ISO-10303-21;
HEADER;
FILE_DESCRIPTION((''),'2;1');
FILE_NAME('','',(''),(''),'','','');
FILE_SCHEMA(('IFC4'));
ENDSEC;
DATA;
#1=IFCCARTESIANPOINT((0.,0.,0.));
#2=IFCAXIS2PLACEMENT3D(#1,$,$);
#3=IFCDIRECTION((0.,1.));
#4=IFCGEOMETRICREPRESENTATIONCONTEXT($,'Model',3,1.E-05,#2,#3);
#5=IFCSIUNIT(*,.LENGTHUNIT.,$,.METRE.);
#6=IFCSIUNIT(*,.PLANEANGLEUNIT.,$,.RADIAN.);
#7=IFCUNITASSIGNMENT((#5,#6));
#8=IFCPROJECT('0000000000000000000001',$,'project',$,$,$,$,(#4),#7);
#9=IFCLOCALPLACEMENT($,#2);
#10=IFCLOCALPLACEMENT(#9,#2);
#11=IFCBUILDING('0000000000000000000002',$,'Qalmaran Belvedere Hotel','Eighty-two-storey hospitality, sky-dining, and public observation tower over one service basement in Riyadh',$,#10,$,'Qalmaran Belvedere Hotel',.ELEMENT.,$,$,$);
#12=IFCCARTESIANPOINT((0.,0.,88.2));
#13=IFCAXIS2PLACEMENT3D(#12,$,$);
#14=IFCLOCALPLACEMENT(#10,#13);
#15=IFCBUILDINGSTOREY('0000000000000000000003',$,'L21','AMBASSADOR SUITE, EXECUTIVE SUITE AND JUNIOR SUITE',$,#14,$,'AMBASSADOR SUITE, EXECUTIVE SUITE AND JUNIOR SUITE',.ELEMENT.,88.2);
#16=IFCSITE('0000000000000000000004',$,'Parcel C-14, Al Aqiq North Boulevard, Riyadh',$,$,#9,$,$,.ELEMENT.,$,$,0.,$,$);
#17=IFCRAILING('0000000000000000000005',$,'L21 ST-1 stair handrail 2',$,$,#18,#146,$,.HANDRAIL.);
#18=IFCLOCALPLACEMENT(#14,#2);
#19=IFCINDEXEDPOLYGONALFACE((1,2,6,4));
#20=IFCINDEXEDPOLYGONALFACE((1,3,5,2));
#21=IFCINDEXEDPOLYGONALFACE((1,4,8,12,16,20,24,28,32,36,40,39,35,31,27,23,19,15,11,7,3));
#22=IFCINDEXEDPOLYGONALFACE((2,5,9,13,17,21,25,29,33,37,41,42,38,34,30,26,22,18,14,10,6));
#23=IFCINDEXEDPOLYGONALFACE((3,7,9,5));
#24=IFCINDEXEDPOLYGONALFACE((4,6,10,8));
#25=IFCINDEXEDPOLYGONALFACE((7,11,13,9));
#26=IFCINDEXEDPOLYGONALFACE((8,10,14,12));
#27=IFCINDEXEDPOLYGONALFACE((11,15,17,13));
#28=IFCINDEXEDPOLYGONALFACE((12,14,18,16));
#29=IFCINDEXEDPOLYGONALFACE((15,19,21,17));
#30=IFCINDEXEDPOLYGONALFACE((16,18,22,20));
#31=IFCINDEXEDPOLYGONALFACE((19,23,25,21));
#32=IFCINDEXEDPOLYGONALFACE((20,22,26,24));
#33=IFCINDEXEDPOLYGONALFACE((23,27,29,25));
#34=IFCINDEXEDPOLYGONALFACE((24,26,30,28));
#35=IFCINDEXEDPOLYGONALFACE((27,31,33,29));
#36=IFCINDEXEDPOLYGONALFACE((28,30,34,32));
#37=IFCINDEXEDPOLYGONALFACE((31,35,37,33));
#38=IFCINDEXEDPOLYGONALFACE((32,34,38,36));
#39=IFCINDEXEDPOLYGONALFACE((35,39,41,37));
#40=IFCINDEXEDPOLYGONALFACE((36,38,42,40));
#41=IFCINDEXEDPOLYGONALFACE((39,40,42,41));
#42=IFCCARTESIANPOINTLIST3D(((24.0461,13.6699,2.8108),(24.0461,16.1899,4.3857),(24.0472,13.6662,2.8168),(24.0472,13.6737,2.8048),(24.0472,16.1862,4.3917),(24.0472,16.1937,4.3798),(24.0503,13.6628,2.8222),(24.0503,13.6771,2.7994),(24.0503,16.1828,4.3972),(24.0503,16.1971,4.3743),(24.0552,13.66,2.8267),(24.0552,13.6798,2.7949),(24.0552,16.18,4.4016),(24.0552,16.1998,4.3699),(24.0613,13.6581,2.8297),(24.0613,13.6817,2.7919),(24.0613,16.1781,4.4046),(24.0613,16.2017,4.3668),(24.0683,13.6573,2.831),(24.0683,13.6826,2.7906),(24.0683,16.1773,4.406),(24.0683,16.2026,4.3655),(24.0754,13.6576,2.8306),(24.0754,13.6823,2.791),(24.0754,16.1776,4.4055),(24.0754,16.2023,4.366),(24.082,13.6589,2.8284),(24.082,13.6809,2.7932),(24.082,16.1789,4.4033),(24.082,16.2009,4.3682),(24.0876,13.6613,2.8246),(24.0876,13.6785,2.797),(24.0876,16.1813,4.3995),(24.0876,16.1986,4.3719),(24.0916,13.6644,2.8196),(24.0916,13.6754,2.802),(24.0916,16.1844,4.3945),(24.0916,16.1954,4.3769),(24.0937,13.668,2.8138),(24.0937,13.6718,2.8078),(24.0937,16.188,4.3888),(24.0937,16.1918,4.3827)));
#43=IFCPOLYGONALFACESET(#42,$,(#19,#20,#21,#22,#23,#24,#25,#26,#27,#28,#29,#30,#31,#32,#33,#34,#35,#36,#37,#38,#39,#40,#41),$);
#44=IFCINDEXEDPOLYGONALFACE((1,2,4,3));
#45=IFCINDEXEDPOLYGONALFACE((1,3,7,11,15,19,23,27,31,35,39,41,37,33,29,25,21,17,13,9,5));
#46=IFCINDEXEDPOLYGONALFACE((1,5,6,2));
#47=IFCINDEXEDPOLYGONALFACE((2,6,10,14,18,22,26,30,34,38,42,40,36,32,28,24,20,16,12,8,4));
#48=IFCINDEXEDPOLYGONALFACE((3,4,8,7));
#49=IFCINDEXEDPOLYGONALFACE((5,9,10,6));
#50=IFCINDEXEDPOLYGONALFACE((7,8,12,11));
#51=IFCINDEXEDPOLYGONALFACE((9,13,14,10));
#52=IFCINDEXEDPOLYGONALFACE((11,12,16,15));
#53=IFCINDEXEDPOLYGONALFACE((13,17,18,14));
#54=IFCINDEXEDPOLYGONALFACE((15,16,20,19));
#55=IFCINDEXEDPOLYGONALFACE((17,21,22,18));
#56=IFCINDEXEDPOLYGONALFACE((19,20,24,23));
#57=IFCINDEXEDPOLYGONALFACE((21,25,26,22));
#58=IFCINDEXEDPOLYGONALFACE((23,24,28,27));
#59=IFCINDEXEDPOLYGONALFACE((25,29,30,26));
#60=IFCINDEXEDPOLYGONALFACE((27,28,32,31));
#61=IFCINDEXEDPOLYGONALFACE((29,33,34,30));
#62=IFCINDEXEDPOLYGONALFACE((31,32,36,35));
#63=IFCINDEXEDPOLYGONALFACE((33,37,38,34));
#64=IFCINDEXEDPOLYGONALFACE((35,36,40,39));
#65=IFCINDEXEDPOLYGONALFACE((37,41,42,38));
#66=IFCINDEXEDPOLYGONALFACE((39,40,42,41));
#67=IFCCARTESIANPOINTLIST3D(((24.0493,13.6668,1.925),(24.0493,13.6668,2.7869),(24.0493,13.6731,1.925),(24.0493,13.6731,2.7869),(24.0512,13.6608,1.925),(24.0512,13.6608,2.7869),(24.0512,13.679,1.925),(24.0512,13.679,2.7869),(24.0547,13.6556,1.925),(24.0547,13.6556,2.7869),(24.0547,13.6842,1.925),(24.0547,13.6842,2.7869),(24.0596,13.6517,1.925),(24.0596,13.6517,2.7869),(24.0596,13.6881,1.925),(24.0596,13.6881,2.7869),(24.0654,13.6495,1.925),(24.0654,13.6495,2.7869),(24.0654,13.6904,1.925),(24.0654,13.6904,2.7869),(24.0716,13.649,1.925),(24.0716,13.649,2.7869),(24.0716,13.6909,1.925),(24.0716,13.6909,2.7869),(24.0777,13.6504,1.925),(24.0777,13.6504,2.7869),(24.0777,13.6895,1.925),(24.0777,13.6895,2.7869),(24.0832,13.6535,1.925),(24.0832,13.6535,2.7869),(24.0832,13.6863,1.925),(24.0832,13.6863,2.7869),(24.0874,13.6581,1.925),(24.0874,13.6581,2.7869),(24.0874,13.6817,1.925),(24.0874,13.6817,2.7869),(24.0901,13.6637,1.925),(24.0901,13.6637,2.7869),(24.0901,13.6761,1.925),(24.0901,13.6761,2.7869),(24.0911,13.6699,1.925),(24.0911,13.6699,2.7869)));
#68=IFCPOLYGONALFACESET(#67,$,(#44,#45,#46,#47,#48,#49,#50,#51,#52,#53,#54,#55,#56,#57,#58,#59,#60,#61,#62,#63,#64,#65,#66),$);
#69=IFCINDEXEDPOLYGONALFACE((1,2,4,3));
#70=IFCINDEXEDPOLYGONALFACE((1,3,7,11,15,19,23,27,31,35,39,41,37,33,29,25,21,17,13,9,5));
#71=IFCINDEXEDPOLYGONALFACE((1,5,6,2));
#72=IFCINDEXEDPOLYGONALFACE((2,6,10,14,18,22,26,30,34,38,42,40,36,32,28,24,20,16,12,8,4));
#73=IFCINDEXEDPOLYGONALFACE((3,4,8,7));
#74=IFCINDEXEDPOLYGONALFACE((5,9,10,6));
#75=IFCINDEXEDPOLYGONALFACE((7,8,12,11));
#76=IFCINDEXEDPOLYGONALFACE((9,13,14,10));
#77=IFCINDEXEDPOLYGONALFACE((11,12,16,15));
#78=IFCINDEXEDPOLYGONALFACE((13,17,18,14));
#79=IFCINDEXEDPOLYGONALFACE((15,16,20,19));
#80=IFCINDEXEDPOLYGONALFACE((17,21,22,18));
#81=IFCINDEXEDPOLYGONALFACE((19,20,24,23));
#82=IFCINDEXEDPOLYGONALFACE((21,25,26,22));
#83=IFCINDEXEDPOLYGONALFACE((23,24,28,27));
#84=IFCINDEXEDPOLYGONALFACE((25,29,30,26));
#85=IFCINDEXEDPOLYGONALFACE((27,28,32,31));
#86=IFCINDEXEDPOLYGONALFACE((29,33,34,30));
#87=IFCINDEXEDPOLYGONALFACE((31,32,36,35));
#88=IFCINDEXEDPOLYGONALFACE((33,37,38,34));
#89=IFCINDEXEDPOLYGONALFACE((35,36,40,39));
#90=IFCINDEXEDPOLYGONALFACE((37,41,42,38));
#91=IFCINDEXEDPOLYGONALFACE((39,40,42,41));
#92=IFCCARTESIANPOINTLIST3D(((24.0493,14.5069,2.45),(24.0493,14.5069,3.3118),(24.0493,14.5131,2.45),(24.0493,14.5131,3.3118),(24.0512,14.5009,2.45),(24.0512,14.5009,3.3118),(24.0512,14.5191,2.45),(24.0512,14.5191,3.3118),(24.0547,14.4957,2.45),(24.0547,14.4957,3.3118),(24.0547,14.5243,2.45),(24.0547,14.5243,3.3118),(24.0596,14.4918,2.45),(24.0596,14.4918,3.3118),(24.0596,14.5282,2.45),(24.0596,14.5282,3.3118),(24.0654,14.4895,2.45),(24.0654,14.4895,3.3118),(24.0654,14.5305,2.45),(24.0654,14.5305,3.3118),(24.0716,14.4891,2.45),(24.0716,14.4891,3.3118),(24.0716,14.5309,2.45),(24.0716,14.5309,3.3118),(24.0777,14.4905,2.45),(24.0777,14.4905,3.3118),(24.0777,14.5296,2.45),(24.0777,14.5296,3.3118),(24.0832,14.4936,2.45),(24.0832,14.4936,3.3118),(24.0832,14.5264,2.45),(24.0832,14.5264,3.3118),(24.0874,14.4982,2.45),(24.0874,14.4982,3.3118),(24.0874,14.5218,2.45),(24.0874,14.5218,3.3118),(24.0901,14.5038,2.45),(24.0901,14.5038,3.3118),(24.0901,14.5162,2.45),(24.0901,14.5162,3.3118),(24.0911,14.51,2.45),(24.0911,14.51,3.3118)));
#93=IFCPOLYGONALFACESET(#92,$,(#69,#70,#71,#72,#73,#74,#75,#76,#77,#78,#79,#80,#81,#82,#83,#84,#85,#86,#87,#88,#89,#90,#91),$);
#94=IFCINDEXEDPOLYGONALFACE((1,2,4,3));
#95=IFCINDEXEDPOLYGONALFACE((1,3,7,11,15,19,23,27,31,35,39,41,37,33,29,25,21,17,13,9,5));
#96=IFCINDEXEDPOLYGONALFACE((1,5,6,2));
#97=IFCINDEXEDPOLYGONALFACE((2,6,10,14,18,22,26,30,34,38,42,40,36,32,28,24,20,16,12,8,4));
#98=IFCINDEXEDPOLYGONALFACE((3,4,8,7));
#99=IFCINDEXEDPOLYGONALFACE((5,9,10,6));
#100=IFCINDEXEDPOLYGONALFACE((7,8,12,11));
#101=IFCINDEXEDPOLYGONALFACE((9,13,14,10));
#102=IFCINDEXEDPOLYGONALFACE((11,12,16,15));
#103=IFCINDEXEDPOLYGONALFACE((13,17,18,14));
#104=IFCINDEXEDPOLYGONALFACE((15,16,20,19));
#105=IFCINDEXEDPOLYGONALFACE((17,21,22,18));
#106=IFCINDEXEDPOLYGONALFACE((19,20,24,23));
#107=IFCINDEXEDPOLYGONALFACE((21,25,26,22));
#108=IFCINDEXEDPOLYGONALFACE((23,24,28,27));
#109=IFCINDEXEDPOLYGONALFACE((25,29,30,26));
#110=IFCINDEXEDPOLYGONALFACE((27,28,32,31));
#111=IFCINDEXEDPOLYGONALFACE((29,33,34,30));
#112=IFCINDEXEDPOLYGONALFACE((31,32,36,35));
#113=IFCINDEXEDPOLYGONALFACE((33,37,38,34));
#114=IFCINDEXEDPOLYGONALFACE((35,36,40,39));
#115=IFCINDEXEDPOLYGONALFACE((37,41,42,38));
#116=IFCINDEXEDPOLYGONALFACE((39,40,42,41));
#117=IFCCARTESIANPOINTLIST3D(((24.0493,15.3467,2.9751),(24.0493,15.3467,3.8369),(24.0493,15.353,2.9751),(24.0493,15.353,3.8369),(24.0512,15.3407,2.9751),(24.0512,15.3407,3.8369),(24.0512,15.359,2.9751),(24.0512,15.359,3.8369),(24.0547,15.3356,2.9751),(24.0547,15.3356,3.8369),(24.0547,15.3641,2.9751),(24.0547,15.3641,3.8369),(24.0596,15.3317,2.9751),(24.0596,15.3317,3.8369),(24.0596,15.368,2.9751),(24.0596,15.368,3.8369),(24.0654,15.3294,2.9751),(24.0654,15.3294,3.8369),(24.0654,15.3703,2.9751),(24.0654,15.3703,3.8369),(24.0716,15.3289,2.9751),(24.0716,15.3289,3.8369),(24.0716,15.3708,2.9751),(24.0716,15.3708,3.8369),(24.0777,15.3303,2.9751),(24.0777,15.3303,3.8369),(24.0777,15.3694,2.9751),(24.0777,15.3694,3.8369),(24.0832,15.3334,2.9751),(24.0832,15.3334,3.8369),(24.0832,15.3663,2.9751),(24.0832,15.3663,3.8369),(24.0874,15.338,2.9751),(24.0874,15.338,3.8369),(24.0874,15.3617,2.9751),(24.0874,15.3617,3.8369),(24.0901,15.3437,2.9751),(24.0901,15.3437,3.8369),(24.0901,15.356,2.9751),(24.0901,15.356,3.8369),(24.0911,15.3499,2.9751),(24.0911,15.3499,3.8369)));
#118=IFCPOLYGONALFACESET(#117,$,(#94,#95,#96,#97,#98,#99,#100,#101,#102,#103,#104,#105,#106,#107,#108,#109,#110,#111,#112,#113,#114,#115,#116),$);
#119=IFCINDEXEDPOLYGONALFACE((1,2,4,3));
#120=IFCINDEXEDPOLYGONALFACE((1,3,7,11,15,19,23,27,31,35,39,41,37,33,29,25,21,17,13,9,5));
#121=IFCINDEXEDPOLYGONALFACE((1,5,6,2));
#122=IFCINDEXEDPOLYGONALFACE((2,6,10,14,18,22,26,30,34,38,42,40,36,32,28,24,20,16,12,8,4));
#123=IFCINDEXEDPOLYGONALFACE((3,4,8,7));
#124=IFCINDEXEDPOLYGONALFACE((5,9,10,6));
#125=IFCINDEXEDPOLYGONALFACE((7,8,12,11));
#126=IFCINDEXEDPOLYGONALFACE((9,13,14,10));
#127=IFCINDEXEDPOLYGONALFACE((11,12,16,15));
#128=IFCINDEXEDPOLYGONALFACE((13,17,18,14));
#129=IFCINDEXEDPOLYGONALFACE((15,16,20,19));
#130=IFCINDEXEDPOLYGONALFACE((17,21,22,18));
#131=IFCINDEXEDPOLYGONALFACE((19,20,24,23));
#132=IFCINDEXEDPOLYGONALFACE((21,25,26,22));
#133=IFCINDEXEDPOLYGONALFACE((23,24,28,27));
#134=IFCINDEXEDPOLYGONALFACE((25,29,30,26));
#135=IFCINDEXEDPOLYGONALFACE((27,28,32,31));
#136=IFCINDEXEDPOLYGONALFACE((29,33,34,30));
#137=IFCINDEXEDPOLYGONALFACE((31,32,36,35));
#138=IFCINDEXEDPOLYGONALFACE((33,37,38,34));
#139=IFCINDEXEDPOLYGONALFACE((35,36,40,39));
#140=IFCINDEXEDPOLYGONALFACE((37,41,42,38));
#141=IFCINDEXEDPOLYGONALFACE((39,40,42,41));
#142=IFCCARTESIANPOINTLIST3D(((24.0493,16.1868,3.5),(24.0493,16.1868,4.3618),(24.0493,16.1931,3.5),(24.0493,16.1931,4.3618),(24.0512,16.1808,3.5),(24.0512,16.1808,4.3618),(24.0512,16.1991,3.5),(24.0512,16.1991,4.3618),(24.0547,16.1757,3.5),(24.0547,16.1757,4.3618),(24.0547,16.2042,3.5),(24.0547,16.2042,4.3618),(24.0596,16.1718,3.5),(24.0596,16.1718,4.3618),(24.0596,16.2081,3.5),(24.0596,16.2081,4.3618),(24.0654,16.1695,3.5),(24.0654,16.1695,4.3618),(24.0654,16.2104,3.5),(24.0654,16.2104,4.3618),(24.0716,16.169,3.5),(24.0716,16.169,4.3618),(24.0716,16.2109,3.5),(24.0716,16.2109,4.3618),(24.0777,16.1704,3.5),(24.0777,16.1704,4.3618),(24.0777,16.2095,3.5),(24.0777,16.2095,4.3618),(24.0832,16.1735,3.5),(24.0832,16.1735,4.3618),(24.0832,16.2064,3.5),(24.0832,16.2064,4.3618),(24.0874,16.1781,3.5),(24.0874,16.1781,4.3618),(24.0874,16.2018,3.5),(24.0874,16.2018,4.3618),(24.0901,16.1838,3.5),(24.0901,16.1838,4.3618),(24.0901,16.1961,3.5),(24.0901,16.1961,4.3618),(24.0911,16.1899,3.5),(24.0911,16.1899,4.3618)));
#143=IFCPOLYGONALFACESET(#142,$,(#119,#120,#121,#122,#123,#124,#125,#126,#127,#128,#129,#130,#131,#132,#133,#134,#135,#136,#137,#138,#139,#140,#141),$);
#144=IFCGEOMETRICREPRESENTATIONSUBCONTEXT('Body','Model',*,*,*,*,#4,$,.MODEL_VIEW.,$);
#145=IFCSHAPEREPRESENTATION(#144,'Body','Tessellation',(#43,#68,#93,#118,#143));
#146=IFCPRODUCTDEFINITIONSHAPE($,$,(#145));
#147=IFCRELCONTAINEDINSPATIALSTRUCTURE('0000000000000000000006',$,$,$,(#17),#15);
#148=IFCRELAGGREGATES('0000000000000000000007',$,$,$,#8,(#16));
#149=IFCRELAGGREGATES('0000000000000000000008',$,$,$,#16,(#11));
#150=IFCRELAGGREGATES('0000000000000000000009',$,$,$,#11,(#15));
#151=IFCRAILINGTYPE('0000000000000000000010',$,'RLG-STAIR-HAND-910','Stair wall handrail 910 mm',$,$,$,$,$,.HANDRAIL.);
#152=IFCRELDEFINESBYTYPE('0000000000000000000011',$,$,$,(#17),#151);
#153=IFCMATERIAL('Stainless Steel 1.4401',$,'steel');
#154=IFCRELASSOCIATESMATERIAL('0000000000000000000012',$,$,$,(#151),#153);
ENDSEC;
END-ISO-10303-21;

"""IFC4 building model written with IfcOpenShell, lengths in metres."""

from ifc_helpers import new_model, si_unit, direction, frame, origin, origin_2d, place, context, subcontext, project, spatial, circle, extrude, material, type_object, element, save


model = new_model("IFC4")

# Units and contexts
model_context = context("Model", 3, precision=1e-05, world=origin(), true_north=direction((0.0, 1.0)))
body_context = subcontext(model_context, "Body", "Model", "MODEL_VIEW")
ifc_project = project(units=[si_unit("LENGTHUNIT", "METRE"), si_unit("PLANEANGLEUNIT", "RADIAN")], contexts=[model_context])

# Site, building, storey
site_placement = place(None, origin())
site = spatial("IfcSite", under=ifc_project, at=site_placement, Name="Parcel C-14, Al Aqiq North Boulevard, Riyadh", CompositionType="ELEMENT", RefElevation=0.0)
building_placement = place(site_placement, origin())
building = spatial("IfcBuilding", under=site, at=building_placement, Name="Qalmaran Belvedere Hotel", Description="Eighty-two-storey hospitality, sky-dining, and public observation tower over one service basement in Riyadh", LongName="Qalmaran Belvedere Hotel", CompositionType="ELEMENT")
storey_placement = place(building_placement, frame((0.0, 0.0, 88.2)))
storey = spatial("IfcBuildingStorey", under=building, at=storey_placement, Name="L21", Description="AMBASSADOR SUITE, EXECUTIVE SUITE AND JUNIOR SUITE", LongName="AMBASSADOR SUITE, EXECUTIVE SUITE AND JUNIOR SUITE", CompositionType="ELEMENT", Elevation=88.2)

# Shared definitions
ifc_material_1 = material(Name="Stainless Steel 1.4401", Category="steel")

# Railing
railing_type_1 = type_object("IfcRailingType", Name="RLG-STAIR-HAND-910", Description="Stair wall handrail 910 mm", PredefinedType="HANDRAIL", material=ifc_material_1)
railing_1_placement = place(storey_placement, frame((24.0701, 13.6699, 1.925)))
element("IfcRailing", 1, at=railing_1_placement, inside=storey, type_object=railing_type_1, Name="L21 ST-1 stair handrail 2", PredefinedType="HANDRAIL", context=body_context, shape_type="SweptSolid", body=[
    extrude(circle(Radius=0.0239, at=origin_2d()), frame((0.0, 0.0, 0.8857), z_axis=(0.0, 0.848008, 0.529984), x_axis=(-1.0, 0.0, 0.0)), (0.0, 0.0, 1.0), 2.9717),
    extrude(circle(Radius=0.021, at=origin_2d()), origin(), (0.0, 0.0, 1.0), 0.8618),
    extrude(circle(Radius=0.021, at=origin_2d()), frame((0.0, 0.8401, 0.5249)), (0.0, 0.0, 1.0), 0.8618),
    extrude(circle(Radius=0.021, at=origin_2d()), frame((0.0, 1.6799, 1.05)), (0.0, 0.0, 1.0), 0.8618),
    extrude(circle(Radius=0.021, at=origin_2d()), frame((0.0, 2.52, 1.575)), (0.0, 0.0, 1.0), 0.8618),
])

save(model, "model.ifc")
